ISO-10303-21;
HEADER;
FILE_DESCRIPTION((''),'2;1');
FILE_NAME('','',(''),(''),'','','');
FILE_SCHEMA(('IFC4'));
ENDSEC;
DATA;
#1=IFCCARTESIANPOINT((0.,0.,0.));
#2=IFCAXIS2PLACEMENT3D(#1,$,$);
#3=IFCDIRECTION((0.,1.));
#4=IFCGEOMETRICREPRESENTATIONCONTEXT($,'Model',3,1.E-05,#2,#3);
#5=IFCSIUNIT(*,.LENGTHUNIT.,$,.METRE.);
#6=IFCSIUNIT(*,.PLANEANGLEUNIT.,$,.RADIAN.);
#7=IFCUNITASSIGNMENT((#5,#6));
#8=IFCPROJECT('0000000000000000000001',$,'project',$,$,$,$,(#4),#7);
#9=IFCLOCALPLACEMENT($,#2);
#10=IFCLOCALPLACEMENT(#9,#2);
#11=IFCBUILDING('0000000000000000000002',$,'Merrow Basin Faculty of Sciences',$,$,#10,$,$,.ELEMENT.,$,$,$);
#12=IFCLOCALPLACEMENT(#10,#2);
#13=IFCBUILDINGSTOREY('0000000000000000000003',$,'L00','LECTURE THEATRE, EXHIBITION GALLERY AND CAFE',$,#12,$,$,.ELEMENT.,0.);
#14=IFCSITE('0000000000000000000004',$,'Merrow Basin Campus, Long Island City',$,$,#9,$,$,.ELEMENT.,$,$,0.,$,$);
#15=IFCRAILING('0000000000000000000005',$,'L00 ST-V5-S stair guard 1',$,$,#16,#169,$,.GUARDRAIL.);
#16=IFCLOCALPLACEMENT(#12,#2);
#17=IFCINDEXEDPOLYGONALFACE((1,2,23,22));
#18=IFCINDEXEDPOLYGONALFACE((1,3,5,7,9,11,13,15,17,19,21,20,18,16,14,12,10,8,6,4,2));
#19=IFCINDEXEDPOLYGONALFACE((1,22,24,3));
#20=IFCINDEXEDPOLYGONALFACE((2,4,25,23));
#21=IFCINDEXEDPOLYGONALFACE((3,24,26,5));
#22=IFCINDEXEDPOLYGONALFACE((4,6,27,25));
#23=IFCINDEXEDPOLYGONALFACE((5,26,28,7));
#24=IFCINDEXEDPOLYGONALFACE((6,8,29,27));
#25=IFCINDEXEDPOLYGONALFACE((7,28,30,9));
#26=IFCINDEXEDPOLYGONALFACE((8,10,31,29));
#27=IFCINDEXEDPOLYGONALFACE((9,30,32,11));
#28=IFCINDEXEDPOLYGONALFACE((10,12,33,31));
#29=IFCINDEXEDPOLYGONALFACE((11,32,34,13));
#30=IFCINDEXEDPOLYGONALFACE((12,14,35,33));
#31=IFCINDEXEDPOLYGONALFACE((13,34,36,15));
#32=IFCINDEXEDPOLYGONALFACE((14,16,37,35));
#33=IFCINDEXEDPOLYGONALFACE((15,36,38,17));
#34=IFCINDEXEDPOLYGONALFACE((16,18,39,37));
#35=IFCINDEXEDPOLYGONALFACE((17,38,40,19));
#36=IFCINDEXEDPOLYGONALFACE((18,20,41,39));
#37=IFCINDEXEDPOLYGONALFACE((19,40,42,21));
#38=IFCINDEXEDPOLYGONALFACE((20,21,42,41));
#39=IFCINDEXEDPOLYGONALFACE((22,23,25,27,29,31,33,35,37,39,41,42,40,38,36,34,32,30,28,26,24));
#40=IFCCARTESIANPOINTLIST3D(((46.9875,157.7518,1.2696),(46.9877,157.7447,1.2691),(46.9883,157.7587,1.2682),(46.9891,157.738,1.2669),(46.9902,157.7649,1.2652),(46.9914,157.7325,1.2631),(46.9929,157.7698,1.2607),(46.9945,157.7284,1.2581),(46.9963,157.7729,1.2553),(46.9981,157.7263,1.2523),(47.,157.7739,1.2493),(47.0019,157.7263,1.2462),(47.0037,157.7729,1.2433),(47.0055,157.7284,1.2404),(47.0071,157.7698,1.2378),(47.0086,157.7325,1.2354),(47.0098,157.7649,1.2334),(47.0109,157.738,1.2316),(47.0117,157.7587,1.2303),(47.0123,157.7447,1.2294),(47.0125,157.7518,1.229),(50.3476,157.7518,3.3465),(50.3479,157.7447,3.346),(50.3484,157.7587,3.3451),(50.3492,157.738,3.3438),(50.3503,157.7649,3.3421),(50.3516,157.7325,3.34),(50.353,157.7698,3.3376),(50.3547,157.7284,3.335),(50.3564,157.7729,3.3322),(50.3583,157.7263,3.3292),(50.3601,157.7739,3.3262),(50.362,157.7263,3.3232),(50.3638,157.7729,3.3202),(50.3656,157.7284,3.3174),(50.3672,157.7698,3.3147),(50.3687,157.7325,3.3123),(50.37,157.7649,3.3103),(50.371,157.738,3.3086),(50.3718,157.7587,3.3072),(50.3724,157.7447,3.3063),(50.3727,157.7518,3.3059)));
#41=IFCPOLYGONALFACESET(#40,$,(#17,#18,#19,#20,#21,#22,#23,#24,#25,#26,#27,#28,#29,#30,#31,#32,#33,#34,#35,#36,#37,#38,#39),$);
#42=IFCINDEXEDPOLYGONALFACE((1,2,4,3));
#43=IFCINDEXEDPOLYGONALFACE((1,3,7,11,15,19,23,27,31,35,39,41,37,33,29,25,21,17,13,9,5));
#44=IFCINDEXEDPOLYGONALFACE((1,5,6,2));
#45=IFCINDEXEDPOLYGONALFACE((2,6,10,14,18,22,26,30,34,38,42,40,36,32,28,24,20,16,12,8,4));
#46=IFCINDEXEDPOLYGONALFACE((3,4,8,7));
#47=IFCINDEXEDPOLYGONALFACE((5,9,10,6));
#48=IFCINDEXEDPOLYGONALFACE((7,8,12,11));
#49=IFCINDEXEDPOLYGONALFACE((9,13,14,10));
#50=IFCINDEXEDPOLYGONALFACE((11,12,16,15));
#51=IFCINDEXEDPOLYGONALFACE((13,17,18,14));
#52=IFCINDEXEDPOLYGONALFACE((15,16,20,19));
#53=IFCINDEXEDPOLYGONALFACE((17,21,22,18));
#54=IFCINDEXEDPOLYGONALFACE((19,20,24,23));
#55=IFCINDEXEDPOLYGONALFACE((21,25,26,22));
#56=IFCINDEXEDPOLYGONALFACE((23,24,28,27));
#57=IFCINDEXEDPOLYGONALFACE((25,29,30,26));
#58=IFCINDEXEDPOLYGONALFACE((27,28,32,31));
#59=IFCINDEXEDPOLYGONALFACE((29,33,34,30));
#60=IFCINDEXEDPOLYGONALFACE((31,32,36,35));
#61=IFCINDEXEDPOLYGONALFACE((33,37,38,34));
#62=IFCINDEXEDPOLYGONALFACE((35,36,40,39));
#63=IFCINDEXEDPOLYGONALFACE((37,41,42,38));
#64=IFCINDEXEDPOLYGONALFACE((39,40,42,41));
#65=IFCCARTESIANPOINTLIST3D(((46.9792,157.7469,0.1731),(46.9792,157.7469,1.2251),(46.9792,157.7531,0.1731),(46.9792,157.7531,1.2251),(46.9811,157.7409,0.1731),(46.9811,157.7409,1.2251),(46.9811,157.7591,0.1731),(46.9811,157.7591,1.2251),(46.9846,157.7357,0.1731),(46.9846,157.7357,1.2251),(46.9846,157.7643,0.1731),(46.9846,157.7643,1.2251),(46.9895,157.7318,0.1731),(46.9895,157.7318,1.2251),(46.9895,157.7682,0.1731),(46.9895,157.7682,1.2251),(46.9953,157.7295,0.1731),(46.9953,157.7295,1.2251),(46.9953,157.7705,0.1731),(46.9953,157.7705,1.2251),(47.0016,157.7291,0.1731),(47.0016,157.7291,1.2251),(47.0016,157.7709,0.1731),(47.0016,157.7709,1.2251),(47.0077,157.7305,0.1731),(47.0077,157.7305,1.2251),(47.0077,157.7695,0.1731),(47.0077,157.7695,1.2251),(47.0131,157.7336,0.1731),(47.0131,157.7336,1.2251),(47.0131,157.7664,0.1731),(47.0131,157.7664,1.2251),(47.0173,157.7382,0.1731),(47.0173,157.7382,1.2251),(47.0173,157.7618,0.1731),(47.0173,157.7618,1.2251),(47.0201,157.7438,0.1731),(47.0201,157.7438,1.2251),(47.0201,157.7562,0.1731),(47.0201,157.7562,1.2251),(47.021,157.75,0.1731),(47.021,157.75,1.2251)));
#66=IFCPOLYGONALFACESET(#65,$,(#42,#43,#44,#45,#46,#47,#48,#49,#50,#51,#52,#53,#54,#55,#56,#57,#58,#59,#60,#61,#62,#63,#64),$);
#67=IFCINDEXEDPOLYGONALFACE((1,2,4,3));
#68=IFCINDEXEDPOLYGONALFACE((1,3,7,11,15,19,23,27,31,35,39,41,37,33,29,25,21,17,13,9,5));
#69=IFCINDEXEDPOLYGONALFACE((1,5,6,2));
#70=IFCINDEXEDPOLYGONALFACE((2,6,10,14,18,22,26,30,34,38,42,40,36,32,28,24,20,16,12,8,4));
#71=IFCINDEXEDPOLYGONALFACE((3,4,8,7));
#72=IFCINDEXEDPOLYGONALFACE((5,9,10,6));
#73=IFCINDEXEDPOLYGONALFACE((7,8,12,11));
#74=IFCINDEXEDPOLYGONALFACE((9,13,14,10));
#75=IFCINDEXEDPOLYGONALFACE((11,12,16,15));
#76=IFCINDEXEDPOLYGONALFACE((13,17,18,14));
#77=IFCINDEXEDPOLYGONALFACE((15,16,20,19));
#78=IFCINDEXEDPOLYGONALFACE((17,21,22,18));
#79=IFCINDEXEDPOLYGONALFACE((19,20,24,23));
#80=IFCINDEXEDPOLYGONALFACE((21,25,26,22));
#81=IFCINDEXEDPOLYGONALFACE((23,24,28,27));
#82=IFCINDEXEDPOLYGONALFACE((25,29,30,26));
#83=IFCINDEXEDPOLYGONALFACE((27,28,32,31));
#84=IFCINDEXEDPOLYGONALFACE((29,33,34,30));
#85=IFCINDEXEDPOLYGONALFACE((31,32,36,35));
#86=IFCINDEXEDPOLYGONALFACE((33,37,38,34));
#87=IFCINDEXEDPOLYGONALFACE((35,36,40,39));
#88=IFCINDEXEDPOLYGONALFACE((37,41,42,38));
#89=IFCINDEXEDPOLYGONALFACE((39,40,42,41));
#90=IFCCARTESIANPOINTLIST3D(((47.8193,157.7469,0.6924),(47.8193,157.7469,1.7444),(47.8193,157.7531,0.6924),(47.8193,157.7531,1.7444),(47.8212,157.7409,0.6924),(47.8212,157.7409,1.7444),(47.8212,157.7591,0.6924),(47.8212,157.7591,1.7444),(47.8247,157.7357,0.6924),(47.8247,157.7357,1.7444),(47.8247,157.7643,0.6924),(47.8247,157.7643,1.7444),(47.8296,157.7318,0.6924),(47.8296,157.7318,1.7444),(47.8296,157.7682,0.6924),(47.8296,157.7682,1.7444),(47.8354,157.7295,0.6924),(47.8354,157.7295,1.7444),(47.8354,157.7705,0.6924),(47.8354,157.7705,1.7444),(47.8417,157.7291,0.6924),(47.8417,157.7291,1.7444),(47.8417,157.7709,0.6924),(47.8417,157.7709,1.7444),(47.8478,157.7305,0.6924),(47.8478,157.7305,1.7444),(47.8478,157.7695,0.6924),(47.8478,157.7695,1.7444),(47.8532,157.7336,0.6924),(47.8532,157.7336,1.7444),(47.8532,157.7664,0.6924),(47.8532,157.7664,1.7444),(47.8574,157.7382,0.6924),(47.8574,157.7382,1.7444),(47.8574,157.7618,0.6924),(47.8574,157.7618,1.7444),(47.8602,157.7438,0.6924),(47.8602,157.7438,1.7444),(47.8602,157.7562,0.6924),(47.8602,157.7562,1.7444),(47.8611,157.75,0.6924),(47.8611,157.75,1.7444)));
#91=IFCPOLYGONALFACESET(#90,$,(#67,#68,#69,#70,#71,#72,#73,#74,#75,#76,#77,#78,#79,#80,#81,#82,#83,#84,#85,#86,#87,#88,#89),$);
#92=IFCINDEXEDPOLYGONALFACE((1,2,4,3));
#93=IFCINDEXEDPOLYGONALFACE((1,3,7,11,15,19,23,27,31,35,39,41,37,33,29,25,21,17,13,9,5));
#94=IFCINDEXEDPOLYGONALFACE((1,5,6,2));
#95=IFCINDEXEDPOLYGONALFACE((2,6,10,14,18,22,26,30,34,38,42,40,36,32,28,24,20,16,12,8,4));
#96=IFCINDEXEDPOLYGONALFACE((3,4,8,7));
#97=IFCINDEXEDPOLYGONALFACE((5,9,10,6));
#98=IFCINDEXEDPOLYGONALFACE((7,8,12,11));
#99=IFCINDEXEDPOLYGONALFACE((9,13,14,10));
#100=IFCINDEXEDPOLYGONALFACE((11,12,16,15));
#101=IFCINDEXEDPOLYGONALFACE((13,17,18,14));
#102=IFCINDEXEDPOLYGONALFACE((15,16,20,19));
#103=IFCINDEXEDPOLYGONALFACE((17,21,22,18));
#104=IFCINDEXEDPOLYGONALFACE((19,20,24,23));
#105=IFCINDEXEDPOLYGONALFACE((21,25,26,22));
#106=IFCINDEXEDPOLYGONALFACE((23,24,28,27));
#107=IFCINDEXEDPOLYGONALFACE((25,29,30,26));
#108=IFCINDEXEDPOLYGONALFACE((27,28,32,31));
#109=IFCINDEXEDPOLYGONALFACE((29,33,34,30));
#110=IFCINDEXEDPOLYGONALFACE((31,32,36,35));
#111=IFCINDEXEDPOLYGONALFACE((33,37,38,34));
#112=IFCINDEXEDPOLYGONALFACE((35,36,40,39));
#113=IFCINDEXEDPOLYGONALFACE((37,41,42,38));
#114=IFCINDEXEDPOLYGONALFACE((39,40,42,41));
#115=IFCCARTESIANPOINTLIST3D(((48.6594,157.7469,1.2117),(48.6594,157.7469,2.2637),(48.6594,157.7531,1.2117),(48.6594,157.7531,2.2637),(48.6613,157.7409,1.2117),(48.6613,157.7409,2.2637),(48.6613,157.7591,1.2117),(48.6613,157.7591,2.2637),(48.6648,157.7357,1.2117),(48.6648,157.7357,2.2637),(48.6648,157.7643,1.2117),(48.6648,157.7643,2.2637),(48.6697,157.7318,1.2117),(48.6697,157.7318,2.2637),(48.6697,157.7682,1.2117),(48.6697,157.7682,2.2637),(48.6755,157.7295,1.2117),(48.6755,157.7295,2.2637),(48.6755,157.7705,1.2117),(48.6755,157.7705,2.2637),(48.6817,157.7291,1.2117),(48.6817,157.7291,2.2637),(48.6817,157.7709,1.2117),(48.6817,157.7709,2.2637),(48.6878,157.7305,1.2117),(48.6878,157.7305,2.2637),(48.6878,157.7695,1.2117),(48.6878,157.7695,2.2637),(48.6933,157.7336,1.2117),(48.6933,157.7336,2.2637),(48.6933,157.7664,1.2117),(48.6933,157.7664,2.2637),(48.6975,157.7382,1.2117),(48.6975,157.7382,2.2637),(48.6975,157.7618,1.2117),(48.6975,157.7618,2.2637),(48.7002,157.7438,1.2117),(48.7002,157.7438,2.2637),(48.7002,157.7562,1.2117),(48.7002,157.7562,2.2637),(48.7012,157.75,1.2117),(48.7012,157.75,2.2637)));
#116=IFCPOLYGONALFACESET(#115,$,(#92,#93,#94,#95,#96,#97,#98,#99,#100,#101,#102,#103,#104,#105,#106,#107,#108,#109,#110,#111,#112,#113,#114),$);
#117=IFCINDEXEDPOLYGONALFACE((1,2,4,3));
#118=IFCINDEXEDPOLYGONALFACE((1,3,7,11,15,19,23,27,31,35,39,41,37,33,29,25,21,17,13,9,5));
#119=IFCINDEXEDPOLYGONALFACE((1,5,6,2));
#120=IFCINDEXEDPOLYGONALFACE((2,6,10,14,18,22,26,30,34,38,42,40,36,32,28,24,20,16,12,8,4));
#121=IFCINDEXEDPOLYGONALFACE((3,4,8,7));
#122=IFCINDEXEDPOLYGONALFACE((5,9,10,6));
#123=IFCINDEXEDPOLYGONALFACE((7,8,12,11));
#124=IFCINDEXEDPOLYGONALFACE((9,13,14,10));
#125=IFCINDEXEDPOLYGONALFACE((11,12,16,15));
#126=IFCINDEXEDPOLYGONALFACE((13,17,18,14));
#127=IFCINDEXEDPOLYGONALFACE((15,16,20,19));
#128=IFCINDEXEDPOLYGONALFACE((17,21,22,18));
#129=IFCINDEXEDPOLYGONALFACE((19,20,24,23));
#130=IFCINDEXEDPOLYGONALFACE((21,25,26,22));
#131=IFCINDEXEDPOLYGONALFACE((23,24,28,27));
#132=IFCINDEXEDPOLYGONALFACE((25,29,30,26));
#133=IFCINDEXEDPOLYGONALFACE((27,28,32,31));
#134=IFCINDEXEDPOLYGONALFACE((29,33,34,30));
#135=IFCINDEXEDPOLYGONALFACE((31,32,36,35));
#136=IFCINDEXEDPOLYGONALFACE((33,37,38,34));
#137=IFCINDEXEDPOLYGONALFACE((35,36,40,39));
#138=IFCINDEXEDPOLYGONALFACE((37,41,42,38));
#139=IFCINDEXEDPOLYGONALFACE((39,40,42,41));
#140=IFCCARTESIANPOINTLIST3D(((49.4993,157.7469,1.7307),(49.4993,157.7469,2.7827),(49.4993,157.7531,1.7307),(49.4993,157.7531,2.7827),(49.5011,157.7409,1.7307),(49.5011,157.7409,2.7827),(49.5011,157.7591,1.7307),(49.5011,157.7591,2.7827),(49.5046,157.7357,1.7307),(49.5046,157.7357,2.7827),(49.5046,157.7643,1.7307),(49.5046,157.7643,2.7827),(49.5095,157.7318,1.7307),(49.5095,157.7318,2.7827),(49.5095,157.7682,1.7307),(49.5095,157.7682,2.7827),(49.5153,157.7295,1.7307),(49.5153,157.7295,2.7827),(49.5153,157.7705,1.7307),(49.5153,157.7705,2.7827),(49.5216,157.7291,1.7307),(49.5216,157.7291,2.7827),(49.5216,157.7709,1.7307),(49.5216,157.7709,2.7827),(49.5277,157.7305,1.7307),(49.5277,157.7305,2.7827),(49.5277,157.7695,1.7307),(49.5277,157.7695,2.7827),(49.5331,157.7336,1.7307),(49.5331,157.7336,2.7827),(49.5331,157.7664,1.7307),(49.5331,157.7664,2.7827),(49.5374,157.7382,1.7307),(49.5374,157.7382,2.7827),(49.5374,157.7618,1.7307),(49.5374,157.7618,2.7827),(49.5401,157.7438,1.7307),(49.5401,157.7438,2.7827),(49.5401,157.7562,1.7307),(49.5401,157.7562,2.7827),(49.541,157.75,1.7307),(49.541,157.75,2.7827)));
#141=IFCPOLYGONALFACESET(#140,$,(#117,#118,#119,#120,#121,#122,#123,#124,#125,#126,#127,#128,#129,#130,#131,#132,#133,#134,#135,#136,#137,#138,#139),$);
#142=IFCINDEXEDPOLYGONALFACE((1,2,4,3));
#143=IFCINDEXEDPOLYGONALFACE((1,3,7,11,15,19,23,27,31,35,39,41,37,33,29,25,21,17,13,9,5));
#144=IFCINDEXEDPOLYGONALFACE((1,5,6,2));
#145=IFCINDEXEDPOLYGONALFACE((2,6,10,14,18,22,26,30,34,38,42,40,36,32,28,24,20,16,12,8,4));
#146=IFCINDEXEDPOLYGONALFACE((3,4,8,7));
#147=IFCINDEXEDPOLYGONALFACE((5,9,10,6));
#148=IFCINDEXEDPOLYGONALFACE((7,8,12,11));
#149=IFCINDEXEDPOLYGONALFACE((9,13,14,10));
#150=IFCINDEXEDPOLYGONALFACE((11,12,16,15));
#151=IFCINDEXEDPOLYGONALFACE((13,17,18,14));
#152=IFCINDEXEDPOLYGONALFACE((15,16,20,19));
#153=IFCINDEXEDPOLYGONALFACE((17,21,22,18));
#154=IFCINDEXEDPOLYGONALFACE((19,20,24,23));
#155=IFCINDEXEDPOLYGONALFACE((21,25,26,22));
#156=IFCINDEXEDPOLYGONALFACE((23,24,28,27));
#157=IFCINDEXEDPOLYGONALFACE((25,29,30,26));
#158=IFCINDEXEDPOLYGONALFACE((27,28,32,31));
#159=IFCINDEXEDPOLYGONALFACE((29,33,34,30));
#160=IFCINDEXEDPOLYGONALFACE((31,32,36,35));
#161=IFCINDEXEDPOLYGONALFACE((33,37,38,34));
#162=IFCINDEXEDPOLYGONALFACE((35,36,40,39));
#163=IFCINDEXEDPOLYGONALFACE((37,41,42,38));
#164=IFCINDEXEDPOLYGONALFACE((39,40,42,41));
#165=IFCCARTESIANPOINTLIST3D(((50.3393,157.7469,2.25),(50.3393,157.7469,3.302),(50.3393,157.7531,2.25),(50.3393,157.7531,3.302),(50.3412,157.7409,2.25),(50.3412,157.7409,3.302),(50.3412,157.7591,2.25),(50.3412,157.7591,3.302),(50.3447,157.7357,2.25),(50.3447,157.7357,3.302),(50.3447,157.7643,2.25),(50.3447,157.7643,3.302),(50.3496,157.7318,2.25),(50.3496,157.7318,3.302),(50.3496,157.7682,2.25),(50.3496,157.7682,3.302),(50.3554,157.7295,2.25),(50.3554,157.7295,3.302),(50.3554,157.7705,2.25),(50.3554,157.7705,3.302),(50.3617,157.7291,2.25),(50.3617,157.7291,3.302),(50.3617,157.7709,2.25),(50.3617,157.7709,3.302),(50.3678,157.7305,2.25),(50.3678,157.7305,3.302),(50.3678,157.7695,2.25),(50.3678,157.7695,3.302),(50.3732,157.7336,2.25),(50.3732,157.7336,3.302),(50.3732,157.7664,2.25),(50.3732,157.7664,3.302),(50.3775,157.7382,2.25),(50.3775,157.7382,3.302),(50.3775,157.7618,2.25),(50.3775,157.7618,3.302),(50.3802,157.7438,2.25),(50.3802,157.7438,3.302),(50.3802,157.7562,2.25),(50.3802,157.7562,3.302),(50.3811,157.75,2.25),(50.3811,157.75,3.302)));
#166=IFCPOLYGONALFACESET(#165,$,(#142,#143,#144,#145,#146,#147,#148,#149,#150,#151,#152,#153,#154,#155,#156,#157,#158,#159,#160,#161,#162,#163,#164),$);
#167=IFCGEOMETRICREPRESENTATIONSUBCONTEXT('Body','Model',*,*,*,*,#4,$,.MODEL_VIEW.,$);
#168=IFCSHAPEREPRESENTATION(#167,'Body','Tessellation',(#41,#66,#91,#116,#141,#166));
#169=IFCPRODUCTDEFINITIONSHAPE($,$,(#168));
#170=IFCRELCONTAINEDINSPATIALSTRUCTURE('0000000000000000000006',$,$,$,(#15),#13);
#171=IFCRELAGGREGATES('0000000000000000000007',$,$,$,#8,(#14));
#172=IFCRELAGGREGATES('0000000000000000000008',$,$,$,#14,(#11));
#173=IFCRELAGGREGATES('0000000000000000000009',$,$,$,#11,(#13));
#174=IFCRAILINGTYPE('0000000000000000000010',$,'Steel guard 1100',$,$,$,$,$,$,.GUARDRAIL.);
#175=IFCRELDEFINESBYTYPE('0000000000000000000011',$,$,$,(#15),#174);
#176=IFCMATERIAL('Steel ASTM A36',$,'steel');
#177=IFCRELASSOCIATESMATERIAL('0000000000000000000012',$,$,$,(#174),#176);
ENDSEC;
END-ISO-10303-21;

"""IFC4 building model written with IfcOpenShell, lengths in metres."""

from ifc_helpers import new_model, si_unit, direction, frame, origin, origin_2d, place, context, subcontext, project, spatial, circle, extrude, material, type_object, element, save


model = new_model("IFC4")

# Units and contexts
model_context = context("Model", 3, precision=1e-05, world=origin(), true_north=direction((0.0, 1.0)))
body_context = subcontext(model_context, "Body", "Model", "MODEL_VIEW")
ifc_project = project(units=[si_unit("LENGTHUNIT", "METRE"), si_unit("PLANEANGLEUNIT", "RADIAN")], contexts=[model_context])

# Site, building, storey
site_placement = place(None, origin())
site = spatial("IfcSite", under=ifc_project, at=site_placement, Name="Merrow Basin Campus, Long Island City", CompositionType="ELEMENT", RefElevation=0.0)
building_placement = place(site_placement, origin())
building = spatial("IfcBuilding", under=site, at=building_placement, Name="Merrow Basin Faculty of Sciences", CompositionType="ELEMENT")
storey_placement = place(building_placement, origin())
storey = spatial("IfcBuildingStorey", under=building, at=storey_placement, Name="L00", Description="LECTURE THEATRE, EXHIBITION GALLERY AND CAFE", CompositionType="ELEMENT", Elevation=0.0)

# Railing
ifc_material_1 = material(Name="Steel ASTM A36", Category="steel")
railing_type_1 = type_object("IfcRailingType", Name="Steel guard 1100", PredefinedType="GUARDRAIL", material=ifc_material_1)
railing_1_placement = place(storey_placement, frame((47.0, 157.75, 0.1731)))
element("IfcRailing", 1, at=railing_1_placement, inside=storey, type_object=railing_type_1, Name="L00 ST-V5-S stair guard 1", PredefinedType="GUARDRAIL", context=body_context, shape_type="SweptSolid", body=[
    extrude(circle(Radius=0.0239, at=origin_2d()), frame((0.0, 0.0, 1.0762), z_axis=(0.850623, 0.0, 0.525776), x_axis=(0.0, 1.0, 0.0)), (0.0, 0.0, 1.0), 3.9502),
    extrude(circle(Radius=0.021, at=origin_2d()), origin(), (0.0, 0.0, 1.0), 1.052),
    extrude(circle(Radius=0.021, at=origin_2d()), frame((0.8401, 0.0, 0.5193)), (0.0, 0.0, 1.0), 1.052),
    extrude(circle(Radius=0.021, at=origin_2d()), frame((1.6802, 0.0, 1.0386)), (0.0, 0.0, 1.0), 1.052),
    extrude(circle(Radius=0.021, at=origin_2d()), frame((2.52, 0.0, 1.5576)), (0.0, 0.0, 1.0), 1.052),
    extrude(circle(Radius=0.021, at=origin_2d()), frame((3.3601, 0.0, 2.0769)), (0.0, 0.0, 1.0), 1.052),
])

save(model, "model.ifc")
